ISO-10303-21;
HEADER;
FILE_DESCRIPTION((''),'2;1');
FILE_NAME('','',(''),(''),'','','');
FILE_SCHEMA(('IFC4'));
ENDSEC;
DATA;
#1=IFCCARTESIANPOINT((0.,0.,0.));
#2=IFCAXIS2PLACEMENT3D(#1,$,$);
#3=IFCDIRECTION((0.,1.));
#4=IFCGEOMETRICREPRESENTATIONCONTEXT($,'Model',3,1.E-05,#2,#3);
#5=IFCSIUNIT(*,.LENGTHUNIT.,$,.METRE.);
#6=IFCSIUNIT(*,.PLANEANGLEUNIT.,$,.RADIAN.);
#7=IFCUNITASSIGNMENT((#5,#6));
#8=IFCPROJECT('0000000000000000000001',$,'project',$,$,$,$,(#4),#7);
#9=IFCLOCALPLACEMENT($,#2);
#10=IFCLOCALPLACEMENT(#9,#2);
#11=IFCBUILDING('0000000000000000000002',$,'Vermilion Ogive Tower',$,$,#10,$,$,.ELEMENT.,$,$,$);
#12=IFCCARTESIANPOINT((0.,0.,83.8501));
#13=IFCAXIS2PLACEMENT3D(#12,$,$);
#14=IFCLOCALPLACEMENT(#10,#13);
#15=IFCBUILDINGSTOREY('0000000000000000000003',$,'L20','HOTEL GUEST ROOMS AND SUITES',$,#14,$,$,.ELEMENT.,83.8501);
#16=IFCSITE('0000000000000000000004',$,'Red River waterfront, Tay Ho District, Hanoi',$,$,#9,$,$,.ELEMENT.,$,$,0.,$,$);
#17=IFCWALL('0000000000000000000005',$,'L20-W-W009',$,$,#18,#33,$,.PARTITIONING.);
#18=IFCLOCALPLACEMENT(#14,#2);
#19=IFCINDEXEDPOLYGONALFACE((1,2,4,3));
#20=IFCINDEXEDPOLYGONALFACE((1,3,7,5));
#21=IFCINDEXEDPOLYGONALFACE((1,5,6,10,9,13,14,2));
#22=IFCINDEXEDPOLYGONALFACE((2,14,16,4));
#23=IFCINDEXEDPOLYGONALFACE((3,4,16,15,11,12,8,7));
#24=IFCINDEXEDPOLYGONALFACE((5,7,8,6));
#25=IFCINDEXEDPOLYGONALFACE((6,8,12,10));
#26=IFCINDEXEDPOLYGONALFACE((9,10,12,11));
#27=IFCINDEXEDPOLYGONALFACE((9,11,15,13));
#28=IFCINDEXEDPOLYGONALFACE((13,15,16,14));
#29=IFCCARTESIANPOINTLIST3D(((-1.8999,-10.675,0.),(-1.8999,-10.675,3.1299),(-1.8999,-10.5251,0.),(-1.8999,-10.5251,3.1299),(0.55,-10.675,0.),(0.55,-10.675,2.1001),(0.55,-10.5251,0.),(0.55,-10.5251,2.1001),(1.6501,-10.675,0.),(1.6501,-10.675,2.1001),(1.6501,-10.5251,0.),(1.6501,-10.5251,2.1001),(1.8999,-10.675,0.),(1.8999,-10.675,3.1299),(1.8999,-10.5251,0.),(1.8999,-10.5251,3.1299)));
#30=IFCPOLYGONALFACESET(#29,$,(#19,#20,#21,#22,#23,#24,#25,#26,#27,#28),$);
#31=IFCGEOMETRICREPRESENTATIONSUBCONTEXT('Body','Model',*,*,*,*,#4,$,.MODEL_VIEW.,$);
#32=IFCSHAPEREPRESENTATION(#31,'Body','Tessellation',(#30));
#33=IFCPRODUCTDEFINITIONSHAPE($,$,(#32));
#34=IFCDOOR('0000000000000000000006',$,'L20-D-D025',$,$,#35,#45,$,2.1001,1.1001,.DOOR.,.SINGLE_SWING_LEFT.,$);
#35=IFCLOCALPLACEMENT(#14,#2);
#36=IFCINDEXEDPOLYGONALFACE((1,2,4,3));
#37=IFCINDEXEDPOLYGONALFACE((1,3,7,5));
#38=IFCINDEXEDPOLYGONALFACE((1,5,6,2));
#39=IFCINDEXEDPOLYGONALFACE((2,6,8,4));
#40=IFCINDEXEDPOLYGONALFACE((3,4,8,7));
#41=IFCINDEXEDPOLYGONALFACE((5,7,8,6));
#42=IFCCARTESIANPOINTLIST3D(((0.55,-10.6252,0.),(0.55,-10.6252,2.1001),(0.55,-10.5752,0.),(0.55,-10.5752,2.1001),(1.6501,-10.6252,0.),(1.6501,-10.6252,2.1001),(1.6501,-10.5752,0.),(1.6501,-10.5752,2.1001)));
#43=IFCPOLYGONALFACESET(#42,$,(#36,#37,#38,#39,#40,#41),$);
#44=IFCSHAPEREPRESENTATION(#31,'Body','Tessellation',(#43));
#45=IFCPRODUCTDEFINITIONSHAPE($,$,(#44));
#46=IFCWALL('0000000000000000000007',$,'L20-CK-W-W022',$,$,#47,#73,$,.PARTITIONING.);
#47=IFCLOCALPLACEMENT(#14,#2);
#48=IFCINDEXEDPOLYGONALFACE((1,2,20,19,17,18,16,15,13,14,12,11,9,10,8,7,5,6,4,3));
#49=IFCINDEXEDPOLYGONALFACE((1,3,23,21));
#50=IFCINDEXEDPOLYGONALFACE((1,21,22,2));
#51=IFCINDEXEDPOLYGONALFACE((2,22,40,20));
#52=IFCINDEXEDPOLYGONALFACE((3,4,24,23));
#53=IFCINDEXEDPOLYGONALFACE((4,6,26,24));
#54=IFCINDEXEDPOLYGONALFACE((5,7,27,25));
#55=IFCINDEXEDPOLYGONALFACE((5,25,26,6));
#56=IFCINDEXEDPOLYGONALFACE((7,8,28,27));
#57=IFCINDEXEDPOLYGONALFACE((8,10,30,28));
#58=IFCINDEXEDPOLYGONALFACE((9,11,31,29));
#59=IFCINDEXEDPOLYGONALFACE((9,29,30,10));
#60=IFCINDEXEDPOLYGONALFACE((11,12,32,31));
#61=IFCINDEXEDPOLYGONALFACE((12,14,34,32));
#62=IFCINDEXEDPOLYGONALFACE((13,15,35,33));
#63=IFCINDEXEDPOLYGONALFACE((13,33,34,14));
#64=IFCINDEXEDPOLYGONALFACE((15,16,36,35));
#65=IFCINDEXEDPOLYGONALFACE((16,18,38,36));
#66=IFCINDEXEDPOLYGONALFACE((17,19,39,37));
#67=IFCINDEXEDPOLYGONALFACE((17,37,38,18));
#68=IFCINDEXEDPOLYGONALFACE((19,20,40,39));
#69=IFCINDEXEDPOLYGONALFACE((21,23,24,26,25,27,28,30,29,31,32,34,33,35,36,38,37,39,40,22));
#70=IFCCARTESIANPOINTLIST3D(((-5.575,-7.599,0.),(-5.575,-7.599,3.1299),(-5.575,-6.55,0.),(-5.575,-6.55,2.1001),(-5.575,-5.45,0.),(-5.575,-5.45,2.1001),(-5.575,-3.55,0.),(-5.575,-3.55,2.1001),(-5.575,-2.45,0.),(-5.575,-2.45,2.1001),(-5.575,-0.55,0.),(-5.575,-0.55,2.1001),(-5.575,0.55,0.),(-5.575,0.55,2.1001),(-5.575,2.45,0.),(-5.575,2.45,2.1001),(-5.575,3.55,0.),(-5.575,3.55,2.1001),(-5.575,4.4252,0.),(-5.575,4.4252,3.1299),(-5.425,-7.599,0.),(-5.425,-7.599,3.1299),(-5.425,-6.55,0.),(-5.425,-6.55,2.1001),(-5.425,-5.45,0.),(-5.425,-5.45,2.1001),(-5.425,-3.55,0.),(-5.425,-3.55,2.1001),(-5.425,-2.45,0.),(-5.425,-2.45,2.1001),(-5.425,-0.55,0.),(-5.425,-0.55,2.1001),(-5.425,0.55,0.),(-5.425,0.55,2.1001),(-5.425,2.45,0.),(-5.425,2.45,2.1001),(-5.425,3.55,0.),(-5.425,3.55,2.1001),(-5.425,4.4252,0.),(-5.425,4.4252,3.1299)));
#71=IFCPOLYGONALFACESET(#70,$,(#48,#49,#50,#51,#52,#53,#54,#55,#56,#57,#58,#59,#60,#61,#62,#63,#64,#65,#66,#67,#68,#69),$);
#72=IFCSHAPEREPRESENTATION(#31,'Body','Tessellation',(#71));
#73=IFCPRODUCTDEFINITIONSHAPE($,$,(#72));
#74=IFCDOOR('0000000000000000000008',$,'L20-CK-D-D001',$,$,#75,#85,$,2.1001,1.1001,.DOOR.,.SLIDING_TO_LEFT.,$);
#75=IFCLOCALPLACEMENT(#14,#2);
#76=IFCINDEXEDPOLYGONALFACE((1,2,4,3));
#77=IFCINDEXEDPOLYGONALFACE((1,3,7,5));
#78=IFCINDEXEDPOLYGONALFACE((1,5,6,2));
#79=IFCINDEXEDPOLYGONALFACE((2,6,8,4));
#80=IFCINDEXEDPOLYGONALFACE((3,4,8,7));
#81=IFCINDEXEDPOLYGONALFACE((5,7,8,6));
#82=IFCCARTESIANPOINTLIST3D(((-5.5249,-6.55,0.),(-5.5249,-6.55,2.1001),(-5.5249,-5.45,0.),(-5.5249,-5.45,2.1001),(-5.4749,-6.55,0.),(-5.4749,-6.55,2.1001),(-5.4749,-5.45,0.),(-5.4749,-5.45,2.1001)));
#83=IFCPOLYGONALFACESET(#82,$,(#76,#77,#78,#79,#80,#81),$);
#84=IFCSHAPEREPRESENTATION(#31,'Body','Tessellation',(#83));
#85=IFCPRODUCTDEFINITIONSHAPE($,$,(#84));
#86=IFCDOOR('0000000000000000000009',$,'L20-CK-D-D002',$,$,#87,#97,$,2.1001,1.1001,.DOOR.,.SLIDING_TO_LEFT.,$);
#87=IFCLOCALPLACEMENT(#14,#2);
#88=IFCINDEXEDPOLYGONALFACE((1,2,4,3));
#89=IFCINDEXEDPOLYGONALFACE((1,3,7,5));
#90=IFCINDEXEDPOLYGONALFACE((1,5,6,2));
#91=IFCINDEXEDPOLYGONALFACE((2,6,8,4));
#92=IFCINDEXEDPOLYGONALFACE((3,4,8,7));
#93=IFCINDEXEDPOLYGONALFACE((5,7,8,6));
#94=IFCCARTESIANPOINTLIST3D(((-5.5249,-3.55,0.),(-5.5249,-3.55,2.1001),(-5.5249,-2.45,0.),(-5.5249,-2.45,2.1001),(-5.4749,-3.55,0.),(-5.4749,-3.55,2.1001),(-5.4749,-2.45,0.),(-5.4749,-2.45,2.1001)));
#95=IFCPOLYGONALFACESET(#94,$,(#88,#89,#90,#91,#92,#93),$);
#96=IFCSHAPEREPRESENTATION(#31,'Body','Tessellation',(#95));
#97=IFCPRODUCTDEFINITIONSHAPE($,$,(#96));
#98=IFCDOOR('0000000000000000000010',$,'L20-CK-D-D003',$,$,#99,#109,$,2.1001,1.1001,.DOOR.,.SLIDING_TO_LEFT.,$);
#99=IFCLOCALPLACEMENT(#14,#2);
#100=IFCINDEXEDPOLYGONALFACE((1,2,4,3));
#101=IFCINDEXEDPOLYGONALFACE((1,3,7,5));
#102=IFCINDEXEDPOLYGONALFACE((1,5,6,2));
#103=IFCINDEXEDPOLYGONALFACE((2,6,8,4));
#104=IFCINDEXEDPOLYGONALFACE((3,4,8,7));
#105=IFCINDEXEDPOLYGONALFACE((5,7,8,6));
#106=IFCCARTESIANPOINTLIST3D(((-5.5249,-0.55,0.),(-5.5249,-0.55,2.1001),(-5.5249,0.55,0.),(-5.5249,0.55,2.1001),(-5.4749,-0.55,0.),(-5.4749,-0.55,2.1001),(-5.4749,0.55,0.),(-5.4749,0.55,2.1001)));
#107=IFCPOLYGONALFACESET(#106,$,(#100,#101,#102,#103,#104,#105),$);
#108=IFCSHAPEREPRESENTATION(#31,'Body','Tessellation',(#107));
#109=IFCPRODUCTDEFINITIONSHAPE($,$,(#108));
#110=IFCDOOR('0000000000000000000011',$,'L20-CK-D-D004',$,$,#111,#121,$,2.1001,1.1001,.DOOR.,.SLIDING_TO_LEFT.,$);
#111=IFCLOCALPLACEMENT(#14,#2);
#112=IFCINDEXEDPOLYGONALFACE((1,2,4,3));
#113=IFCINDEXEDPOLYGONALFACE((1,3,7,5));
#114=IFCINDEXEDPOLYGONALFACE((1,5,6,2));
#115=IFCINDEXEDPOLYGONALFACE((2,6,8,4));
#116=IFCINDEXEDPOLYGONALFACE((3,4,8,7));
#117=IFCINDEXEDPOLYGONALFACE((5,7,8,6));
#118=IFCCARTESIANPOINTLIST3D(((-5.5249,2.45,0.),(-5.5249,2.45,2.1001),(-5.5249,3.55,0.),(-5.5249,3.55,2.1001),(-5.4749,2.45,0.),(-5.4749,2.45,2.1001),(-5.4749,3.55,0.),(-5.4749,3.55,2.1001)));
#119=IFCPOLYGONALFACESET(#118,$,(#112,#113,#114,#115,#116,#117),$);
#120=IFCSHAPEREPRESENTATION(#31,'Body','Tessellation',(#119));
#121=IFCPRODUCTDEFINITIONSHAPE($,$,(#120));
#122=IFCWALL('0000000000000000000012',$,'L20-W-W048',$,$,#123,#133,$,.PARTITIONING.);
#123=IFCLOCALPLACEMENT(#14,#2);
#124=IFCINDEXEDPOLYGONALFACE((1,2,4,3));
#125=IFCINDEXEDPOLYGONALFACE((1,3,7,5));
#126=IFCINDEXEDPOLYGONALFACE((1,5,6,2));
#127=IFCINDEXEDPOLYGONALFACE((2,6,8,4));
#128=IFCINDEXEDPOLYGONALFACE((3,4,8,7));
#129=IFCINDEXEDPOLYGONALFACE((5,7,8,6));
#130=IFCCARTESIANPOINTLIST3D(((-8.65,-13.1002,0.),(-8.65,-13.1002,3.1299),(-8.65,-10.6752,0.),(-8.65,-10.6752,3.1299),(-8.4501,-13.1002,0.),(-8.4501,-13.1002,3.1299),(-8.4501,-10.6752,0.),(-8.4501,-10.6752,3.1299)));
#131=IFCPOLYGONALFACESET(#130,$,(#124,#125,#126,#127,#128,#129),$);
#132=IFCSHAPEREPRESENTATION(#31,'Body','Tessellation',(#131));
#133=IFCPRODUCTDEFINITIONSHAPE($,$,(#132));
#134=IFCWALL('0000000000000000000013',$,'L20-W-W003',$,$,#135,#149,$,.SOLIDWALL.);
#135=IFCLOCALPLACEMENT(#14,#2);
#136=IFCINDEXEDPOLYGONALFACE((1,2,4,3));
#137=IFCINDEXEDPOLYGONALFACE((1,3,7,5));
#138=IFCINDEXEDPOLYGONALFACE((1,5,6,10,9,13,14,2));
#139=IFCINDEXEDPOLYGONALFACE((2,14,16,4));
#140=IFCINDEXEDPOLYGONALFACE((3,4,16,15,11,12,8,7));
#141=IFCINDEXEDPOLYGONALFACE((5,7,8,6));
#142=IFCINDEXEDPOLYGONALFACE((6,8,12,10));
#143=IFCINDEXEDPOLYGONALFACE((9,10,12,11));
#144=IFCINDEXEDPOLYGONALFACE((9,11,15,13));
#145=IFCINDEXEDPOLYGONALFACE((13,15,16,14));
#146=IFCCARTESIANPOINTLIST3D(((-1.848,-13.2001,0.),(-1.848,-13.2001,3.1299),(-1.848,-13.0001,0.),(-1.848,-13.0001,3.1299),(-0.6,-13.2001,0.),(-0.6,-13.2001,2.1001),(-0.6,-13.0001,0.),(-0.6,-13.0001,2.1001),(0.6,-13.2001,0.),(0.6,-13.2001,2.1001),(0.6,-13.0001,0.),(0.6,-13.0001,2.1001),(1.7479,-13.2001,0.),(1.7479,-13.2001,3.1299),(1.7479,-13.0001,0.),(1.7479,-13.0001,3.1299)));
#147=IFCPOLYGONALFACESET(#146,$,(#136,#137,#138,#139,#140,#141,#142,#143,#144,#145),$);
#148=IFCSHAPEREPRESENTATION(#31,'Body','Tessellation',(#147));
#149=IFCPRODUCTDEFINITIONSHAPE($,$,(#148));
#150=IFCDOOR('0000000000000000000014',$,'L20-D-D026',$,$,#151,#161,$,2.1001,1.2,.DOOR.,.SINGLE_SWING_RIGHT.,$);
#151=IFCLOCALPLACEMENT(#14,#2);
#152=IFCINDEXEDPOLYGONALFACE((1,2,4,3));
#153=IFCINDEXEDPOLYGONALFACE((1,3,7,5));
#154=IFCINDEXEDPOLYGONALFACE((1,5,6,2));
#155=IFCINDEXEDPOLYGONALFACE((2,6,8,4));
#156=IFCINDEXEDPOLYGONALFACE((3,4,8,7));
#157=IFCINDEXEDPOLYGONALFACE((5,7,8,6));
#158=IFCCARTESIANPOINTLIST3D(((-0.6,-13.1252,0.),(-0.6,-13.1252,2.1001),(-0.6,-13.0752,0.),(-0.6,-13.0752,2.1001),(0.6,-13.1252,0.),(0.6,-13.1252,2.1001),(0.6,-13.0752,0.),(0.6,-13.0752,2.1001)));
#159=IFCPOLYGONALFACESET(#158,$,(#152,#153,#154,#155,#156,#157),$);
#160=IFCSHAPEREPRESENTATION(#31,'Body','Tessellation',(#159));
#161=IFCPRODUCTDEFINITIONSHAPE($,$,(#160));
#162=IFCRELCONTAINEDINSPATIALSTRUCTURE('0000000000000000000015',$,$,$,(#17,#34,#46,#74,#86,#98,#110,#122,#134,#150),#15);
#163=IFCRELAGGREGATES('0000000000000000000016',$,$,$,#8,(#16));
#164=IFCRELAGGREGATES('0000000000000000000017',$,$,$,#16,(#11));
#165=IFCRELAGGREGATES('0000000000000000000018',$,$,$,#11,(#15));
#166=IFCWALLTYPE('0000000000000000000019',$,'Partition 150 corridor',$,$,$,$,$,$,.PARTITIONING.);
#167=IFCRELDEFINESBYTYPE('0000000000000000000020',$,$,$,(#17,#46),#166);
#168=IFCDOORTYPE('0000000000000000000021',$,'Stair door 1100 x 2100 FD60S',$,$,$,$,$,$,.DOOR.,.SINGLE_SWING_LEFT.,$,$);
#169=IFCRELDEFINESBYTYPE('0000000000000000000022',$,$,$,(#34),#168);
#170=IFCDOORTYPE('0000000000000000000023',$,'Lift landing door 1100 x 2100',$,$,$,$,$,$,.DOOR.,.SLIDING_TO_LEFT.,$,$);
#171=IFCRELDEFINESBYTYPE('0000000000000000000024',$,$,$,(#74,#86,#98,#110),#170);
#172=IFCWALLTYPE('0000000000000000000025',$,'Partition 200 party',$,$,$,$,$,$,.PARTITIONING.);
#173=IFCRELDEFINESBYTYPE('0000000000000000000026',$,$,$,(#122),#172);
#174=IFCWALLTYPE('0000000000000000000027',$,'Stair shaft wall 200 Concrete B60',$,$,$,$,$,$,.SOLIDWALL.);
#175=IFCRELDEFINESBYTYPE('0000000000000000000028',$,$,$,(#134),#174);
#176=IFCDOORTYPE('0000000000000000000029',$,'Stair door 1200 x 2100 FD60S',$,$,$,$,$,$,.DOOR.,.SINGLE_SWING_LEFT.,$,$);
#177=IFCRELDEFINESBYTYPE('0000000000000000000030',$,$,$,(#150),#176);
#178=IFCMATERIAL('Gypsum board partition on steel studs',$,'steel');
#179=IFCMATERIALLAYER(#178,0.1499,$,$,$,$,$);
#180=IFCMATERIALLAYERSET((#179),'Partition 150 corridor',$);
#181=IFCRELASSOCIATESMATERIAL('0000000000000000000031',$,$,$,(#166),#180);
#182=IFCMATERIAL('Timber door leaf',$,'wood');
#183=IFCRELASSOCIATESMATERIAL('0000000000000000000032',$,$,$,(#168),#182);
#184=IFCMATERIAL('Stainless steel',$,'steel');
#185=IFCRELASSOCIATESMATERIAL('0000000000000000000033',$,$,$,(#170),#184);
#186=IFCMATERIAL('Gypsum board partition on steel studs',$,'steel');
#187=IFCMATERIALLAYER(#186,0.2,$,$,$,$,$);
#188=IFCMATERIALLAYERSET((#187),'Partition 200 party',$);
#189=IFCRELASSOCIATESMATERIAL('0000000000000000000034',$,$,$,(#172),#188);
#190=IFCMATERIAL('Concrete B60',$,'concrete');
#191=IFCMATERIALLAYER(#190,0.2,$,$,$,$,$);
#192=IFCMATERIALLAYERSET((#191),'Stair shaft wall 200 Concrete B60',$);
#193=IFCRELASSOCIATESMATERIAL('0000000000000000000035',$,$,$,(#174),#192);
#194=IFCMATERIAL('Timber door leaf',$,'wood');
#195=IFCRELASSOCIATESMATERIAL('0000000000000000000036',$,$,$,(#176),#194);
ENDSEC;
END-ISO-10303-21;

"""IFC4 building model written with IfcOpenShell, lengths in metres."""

from ifc_helpers import new_model, si_unit, direction, frame, frame_2d, origin, place, context, subcontext, project, spatial, rectangle, extrude, material, layer, layer_set, type_object, element, fill, save


model = new_model("IFC4")

# Units and contexts
model_context = context("Model", 3, precision=1e-05, world=origin(), true_north=direction((0.0, 1.0)))
body_context = subcontext(model_context, "Body", "Model", "MODEL_VIEW")
ifc_project = project(units=[si_unit("LENGTHUNIT", "METRE"), si_unit("PLANEANGLEUNIT", "RADIAN")], contexts=[model_context])

# Site, building, storey
site_placement = place(None, origin())
site = spatial("IfcSite", under=ifc_project, at=site_placement, Name="Red River waterfront, Tay Ho District, Hanoi", CompositionType="ELEMENT", RefElevation=0.0)
building_placement = place(site_placement, origin())
building = spatial("IfcBuilding", under=site, at=building_placement, Name="Vermilion Ogive Tower", CompositionType="ELEMENT")
storey_placement = place(building_placement, frame((0.0, 0.0, 83.8501)))
storey = spatial("IfcBuildingStorey", under=building, at=storey_placement, Name="L20", Description="HOTEL GUEST ROOMS AND SUITES", CompositionType="ELEMENT", Elevation=83.8501)

# Wall, opening, door
ifc_material_1 = material(Name="Gypsum board partition on steel studs", Category="steel")
ifc_layer_1 = layer(ifc_material_1, 0.1499)
ifc_layer_set_1 = layer_set([ifc_layer_1], Name="Partition 150 corridor")
wall_type_1 = type_object("IfcWallType", Name="Partition 150 corridor", PredefinedType="PARTITIONING", material=ifc_layer_set_1)
wall_1_placement = place(storey_placement, frame((-1.8999, -10.6001, 0.0), z_axis=(0.0, 0.0, 1.0), x_axis=(1.0, 0.0, 0.0)))
wall_1 = element("IfcWall", 1, at=wall_1_placement, inside=storey, type_object=wall_type_1, Name="L20-W-W009", PredefinedType="PARTITIONING", context=body_context, shape_type="SweptSolid", body=[
    extrude(rectangle(XDim=3.7998, YDim=0.1499, at=frame_2d((1.8999, 0.0))), origin(), (0.0, 0.0, 1.0), 3.1299),
])
opening_1_placement = place(wall_1_placement, frame((2.45, 0.0, 0.0)))
opening_1 = element("IfcOpeningElement", 2, at=opening_1_placement, cuts=wall_1, PredefinedType="OPENING", context=body_context, shape_type="SweptSolid", body=[
    extrude(rectangle(XDim=1.1001, YDim=2.1001, at=frame_2d((0.55, 1.05))), frame((0.0, 0.085, 0.0), z_axis=(0.0, -1.0, 0.0), x_axis=(1.0, 0.0, 0.0)), (0.0, 0.0, 1.0), 0.1699),
])
ifc_material_2 = material(Name="Timber door leaf", Category="wood")
door_type_1 = type_object("IfcDoorType", Name="Stair door 1100 x 2100 FD60S", OperationType="SINGLE_SWING_LEFT", PredefinedType="DOOR", material=ifc_material_2)
door_1_placement = place(opening_1_placement, origin())
door_1 = element("IfcDoor", 3, at=door_1_placement, inside=storey, type_object=door_type_1, Name="L20-D-D025", OperationType="SINGLE_SWING_LEFT", OverallHeight=2.1001, OverallWidth=1.1001, PredefinedType="DOOR", context=body_context, shape_type="SweptSolid", body=[
    extrude(rectangle(XDim=1.1001, YDim=2.1001, at=frame_2d((0.55, 1.05))), frame((0.0, 0.0249, 0.0), z_axis=(0.0, -1.0, 0.0), x_axis=(1.0, 0.0, 0.0)), (0.0, 0.0, 1.0), 0.05),
])
fill(opening_1, door_1)

# Wall, openings, doors
wall_2_placement = place(storey_placement, frame((-5.5, -7.5991, 0.0), z_axis=(0.0, 0.0, 1.0), x_axis=(0.0, 1.0, 0.0)))
wall_2 = element("IfcWall", 4, at=wall_2_placement, inside=storey, type_object=wall_type_1, Name="L20-CK-W-W022", PredefinedType="PARTITIONING", context=body_context, shape_type="SweptSolid", body=[
    extrude(rectangle(XDim=12.0242, YDim=0.1499, at=frame_2d((6.0122, 0.0))), origin(), (0.0, 0.0, 1.0), 3.1299),
])
opening_2_placement = place(wall_2_placement, frame((1.0491, 0.0, 0.0)))
opening_2 = element("IfcOpeningElement", 5, at=opening_2_placement, cuts=wall_2, PredefinedType="OPENING", context=body_context, shape_type="SweptSolid", body=[
    extrude(rectangle(XDim=1.1001, YDim=2.1001, at=frame_2d((0.55, 1.05))), frame((0.0, 0.085, 0.0), z_axis=(0.0, -1.0, 0.0), x_axis=(1.0, 0.0, 0.0)), (0.0, 0.0, 1.0), 0.1699),
])
opening_3_placement = place(wall_2_placement, frame((4.0491, 0.0, 0.0)))
opening_3 = element("IfcOpeningElement", 6, at=opening_3_placement, cuts=wall_2, PredefinedType="OPENING", context=body_context, shape_type="SweptSolid", body=[
    extrude(rectangle(XDim=1.1001, YDim=2.1001, at=frame_2d((0.55, 1.05))), frame((0.0, 0.085, 0.0), z_axis=(0.0, -1.0, 0.0), x_axis=(1.0, 0.0, 0.0)), (0.0, 0.0, 1.0), 0.1699),
])
opening_4_placement = place(wall_2_placement, frame((7.0491, 0.0, 0.0)))
opening_4 = element("IfcOpeningElement", 7, at=opening_4_placement, cuts=wall_2, PredefinedType="OPENING", context=body_context, shape_type="SweptSolid", body=[
    extrude(rectangle(XDim=1.1001, YDim=2.1001, at=frame_2d((0.55, 1.05))), frame((0.0, 0.085, 0.0), z_axis=(0.0, -1.0, 0.0), x_axis=(1.0, 0.0, 0.0)), (0.0, 0.0, 1.0), 0.1699),
])
opening_5_placement = place(wall_2_placement, frame((10.0491, 0.0, 0.0)))
opening_5 = element("IfcOpeningElement", 8, at=opening_5_placement, cuts=wall_2, PredefinedType="OPENING", context=body_context, shape_type="SweptSolid", body=[
    extrude(rectangle(XDim=1.1001, YDim=2.1001, at=frame_2d((0.55, 1.05))), frame((0.0, 0.085, 0.0), z_axis=(0.0, -1.0, 0.0), x_axis=(1.0, 0.0, 0.0)), (0.0, 0.0, 1.0), 0.1699),
])
ifc_material_3 = material(Name="Stainless steel", Category="steel")
door_type_2 = type_object("IfcDoorType", Name="Lift landing door 1100 x 2100", OperationType="SLIDING_TO_LEFT", PredefinedType="DOOR", material=ifc_material_3)
door_2_placement = place(opening_2_placement, origin())
door_2 = element("IfcDoor", 9, at=door_2_placement, inside=storey, type_object=door_type_2, Name="L20-CK-D-D001", OperationType="SLIDING_TO_LEFT", OverallHeight=2.1001, OverallWidth=1.1001, PredefinedType="DOOR", context=body_context, shape_type="SweptSolid", body=[
    extrude(rectangle(XDim=1.1001, YDim=2.1001, at=frame_2d((0.55, 1.05))), frame((0.0, 0.0249, 0.0), z_axis=(0.0, -1.0, 0.0), x_axis=(1.0, 0.0, 0.0)), (0.0, 0.0, 1.0), 0.05),
])
fill(opening_2, door_2)
door_3_placement = place(opening_3_placement, origin())
door_3 = element("IfcDoor", 10, at=door_3_placement, inside=storey, type_object=door_type_2, Name="L20-CK-D-D002", OperationType="SLIDING_TO_LEFT", OverallHeight=2.1001, OverallWidth=1.1001, PredefinedType="DOOR", context=body_context, shape_type="SweptSolid", body=[
    extrude(rectangle(XDim=1.1001, YDim=2.1001, at=frame_2d((0.55, 1.05))), frame((0.0, 0.0249, 0.0), z_axis=(0.0, -1.0, 0.0), x_axis=(1.0, 0.0, 0.0)), (0.0, 0.0, 1.0), 0.05),
])
fill(opening_3, door_3)
door_4_placement = place(opening_4_placement, origin())
door_4 = element("IfcDoor", 11, at=door_4_placement, inside=storey, type_object=door_type_2, Name="L20-CK-D-D003", OperationType="SLIDING_TO_LEFT", OverallHeight=2.1001, OverallWidth=1.1001, PredefinedType="DOOR", context=body_context, shape_type="SweptSolid", body=[
    extrude(rectangle(XDim=1.1001, YDim=2.1001, at=frame_2d((0.55, 1.05))), frame((0.0, 0.0249, 0.0), z_axis=(0.0, -1.0, 0.0), x_axis=(1.0, 0.0, 0.0)), (0.0, 0.0, 1.0), 0.05),
])
fill(opening_4, door_4)
door_5_placement = place(opening_5_placement, origin())
door_5 = element("IfcDoor", 12, at=door_5_placement, inside=storey, type_object=door_type_2, Name="L20-CK-D-D004", OperationType="SLIDING_TO_LEFT", OverallHeight=2.1001, OverallWidth=1.1001, PredefinedType="DOOR", context=body_context, shape_type="SweptSolid", body=[
    extrude(rectangle(XDim=1.1001, YDim=2.1001, at=frame_2d((0.55, 1.05))), frame((0.0, 0.0249, 0.0), z_axis=(0.0, -1.0, 0.0), x_axis=(1.0, 0.0, 0.0)), (0.0, 0.0, 1.0), 0.05),
])
fill(opening_5, door_5)

# Wall
ifc_material_4 = material(Name="Gypsum board partition on steel studs", Category="steel")
ifc_layer_2 = layer(ifc_material_4, 0.2)
ifc_layer_set_2 = layer_set([ifc_layer_2], Name="Partition 200 party")
wall_type_2 = type_object("IfcWallType", Name="Partition 200 party", PredefinedType="PARTITIONING", material=ifc_layer_set_2)
wall_3_placement = place(storey_placement, frame((-8.55, -13.1001, 0.0), z_axis=(0.0, 0.0, 1.0), x_axis=(0.0, 1.0, 0.0)))
element("IfcWall", 13, at=wall_3_placement, inside=storey, type_object=wall_type_2, Name="L20-W-W048", PredefinedType="PARTITIONING", context=body_context, shape_type="SweptSolid", body=[
    extrude(rectangle(XDim=2.425, YDim=0.2, at=frame_2d((1.2124, 0.0))), origin(), (0.0, 0.0, 1.0), 3.1299),
])

# Wall, opening, door
ifc_material_5 = material(Name="Concrete B60", Category="concrete")
ifc_layer_3 = layer(ifc_material_5, 0.2)
ifc_layer_set_3 = layer_set([ifc_layer_3], Name="Stair shaft wall 200 Concrete B60")
wall_type_3 = type_object("IfcWallType", Name="Stair shaft wall 200 Concrete B60", PredefinedType="SOLIDWALL", material=ifc_layer_set_3)
wall_4_placement = place(storey_placement, frame((-1.8479, -13.1001, 0.0), z_axis=(0.0, 0.0, 1.0), x_axis=(1.0, 0.0, 0.0)))
wall_4 = element("IfcWall", 14, at=wall_4_placement, inside=storey, type_object=wall_type_3, Name="L20-W-W003", PredefinedType="SOLIDWALL", context=body_context, shape_type="SweptSolid", body=[
    extrude(rectangle(XDim=3.5959, YDim=0.2, at=frame_2d((1.7979, 0.0))), origin(), (0.0, 0.0, 1.0), 3.1299),
])
opening_6_placement = place(wall_4_placement, frame((1.2478, 0.0, 0.0)))
opening_6 = element("IfcOpeningElement", 15, at=opening_6_placement, cuts=wall_4, PredefinedType="OPENING", context=body_context, shape_type="SweptSolid", body=[
    extrude(rectangle(XDim=1.2, YDim=2.1001, at=frame_2d((0.6001, 1.05))), frame((0.0, 0.1099, 0.0), z_axis=(0.0, -1.0, 0.0), x_axis=(1.0, 0.0, 0.0)), (0.0, 0.0, 1.0), 0.22),
])
ifc_material_6 = material(Name="Timber door leaf", Category="wood")
door_type_3 = type_object("IfcDoorType", Name="Stair door 1200 x 2100 FD60S", OperationType="SINGLE_SWING_LEFT", PredefinedType="DOOR", material=ifc_material_6)
door_6_placement = place(opening_6_placement, origin())
door_6 = element("IfcDoor", 16, at=door_6_placement, inside=storey, type_object=door_type_3, Name="L20-D-D026", OperationType="SINGLE_SWING_RIGHT", OverallHeight=2.1001, OverallWidth=1.2, PredefinedType="DOOR", context=body_context, shape_type="SweptSolid", body=[
    extrude(rectangle(XDim=1.2, YDim=2.1001, at=frame_2d((0.6001, 1.05))), frame((0.0, 0.0249, 0.0), z_axis=(0.0, -1.0, 0.0), x_axis=(1.0, 0.0, 0.0)), (0.0, 0.0, 1.0), 0.05),
])
fill(opening_6, door_6)

save(model, "model.ifc")
